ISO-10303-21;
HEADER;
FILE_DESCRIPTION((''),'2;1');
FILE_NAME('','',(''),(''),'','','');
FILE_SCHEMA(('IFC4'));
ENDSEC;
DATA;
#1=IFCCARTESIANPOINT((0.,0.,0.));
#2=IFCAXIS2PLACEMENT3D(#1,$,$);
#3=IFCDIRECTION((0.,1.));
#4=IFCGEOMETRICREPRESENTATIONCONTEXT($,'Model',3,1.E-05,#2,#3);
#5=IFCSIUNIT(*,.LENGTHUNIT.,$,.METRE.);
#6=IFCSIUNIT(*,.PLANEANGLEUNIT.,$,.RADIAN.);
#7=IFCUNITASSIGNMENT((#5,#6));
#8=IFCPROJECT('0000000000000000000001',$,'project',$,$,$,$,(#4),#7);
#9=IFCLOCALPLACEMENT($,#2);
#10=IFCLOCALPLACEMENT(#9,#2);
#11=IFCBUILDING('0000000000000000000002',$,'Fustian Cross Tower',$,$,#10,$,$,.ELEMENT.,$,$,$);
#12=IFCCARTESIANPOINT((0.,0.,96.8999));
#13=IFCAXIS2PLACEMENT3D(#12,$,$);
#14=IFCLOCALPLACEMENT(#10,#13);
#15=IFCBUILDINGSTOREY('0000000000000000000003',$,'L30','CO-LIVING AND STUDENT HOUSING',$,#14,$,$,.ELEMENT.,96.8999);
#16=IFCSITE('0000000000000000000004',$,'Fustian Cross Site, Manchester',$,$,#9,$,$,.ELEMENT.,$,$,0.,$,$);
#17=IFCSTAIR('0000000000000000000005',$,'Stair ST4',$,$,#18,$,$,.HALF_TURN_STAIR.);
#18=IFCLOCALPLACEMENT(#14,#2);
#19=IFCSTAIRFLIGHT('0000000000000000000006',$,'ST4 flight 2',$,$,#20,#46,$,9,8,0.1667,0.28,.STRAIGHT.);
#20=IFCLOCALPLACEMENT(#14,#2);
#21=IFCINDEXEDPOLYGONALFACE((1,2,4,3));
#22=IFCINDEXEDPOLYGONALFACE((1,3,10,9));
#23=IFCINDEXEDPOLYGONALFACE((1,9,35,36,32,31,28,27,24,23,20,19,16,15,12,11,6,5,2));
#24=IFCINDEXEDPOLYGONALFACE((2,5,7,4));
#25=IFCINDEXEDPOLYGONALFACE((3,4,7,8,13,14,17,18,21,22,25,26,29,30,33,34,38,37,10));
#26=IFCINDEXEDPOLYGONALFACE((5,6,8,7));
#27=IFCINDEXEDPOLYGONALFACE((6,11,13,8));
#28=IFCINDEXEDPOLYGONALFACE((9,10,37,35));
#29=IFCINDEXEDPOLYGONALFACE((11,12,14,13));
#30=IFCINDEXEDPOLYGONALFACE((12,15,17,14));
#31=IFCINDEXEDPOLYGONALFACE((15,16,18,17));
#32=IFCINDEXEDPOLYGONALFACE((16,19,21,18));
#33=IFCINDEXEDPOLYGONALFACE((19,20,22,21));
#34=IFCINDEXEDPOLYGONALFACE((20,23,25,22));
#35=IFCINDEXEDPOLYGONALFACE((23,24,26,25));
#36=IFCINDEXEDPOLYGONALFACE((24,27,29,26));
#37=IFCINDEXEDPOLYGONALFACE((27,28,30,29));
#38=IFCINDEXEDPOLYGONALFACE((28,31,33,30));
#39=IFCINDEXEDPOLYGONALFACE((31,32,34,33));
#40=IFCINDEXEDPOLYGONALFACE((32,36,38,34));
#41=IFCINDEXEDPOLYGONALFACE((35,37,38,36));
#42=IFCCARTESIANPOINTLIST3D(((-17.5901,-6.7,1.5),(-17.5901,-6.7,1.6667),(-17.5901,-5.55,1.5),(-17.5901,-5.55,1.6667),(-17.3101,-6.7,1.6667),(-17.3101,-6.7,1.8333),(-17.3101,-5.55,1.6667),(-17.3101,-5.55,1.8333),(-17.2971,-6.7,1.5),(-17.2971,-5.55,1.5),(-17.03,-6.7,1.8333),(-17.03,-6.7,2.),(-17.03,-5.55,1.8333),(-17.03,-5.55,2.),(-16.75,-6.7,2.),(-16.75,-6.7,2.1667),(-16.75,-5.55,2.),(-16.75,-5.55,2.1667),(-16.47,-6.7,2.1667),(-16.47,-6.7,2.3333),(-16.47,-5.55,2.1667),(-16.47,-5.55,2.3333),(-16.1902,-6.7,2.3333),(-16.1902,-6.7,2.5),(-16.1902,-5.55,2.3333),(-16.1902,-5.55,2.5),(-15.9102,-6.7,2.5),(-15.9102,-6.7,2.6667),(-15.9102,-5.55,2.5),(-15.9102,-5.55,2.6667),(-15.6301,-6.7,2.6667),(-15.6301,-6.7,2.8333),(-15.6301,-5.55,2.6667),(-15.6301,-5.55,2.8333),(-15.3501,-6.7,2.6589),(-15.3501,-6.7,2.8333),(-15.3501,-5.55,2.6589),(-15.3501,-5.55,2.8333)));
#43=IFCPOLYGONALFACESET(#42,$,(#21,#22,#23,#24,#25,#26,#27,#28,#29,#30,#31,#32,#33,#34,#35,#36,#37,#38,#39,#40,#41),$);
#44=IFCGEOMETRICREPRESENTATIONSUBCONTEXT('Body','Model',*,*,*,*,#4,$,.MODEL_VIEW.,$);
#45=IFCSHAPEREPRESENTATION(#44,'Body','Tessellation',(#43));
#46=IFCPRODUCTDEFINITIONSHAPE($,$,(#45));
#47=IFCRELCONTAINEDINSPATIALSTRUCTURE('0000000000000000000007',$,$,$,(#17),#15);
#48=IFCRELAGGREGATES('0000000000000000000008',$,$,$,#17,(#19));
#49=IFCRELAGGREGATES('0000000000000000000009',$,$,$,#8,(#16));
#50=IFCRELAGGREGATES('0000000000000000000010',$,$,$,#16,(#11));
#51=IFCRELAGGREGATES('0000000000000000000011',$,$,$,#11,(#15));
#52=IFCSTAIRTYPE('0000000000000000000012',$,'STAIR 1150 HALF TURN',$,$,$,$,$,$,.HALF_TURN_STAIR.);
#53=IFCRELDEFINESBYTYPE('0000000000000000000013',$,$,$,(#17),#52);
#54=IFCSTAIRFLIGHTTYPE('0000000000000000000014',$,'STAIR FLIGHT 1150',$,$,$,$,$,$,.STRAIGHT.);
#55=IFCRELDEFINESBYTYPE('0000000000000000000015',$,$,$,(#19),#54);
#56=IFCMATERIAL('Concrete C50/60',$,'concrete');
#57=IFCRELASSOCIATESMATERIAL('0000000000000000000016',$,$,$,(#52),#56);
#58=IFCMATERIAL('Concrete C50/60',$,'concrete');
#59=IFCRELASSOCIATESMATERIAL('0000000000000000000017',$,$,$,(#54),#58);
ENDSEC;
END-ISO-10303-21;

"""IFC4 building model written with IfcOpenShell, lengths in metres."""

from ifc_helpers import new_model, si_unit, direction, frame, origin, place, context, subcontext, project, spatial, polyline, outline, extrude, material, type_object, element, aggregate, save


model = new_model("IFC4")

# Units and contexts
model_context = context("Model", 3, precision=1e-05, world=origin(), true_north=direction((0.0, 1.0)))
body_context = subcontext(model_context, "Body", "Model", "MODEL_VIEW")
ifc_project = project(units=[si_unit("LENGTHUNIT", "METRE"), si_unit("PLANEANGLEUNIT", "RADIAN")], contexts=[model_context])

# Site, building, storey
site_placement = place(None, origin())
site = spatial("IfcSite", under=ifc_project, at=site_placement, Name="Fustian Cross Site, Manchester", CompositionType="ELEMENT", RefElevation=0.0)
building_placement = place(site_placement, origin())
building = spatial("IfcBuilding", under=site, at=building_placement, Name="Fustian Cross Tower", CompositionType="ELEMENT")
storey_placement = place(building_placement, frame((0.0, 0.0, 96.8999)))
storey = spatial("IfcBuildingStorey", under=building, at=storey_placement, Name="L30", Description="CO-LIVING AND STUDENT HOUSING", CompositionType="ELEMENT", Elevation=96.8999)

# Stair, stair flight
ifc_material_1 = material(Name="Concrete C50/60", Category="concrete")
stair_type = type_object("IfcStairType", Name="STAIR 1150 HALF TURN", PredefinedType="HALF_TURN_STAIR", material=ifc_material_1)
stair_placement = place(storey_placement, origin())
stair = element("IfcStair", 1, at=stair_placement, inside=storey, type_object=stair_type, Name="Stair ST4", PredefinedType="HALF_TURN_STAIR")
ifc_material_2 = material(Name="Concrete C50/60", Category="concrete")
stair_flight_type = type_object("IfcStairFlightType", Name="STAIR FLIGHT 1150", PredefinedType="STRAIGHT", material=ifc_material_2)
stair_flight_1_placement = place(storey_placement, frame((-17.5901, -6.125, 1.5), z_axis=(0.0, 0.0, 1.0), x_axis=(1.0, 0.0, 0.0)))
stair_flight_1 = element("IfcStairFlight", 2, at=stair_flight_1_placement, type_object=stair_flight_type, Name="ST4 flight 2", NumberOfRisers=9, NumberOfTreads=8, PredefinedType="STRAIGHT", RiserHeight=0.1667, TreadLength=0.28, context=body_context, shape_type="SweptSolid", body=[
    extrude(outline(polyline([(0.0, 0.0), (0.0, 0.1667), (0.28, 0.1667), (0.28, 0.3333), (0.5601, 0.3333), (0.5601, 0.5), (0.8401, 0.5), (0.8401, 0.6667), (1.1201, 0.6667), (1.1201, 0.8333), (1.3999, 0.8333), (1.3999, 1.0), (1.6799, 1.0), (1.6799, 1.1667), (1.96, 1.1667), (1.96, 1.3333), (2.24, 1.3333), (2.24, 1.5), (2.24, 1.1589), (0.293, 0.0), (0.0, 0.0)])), frame((0.0, 0.575, 0.0), z_axis=(0.0, -1.0, 0.0), x_axis=(1.0, 0.0, 0.0)), (0.0, 0.0, 1.0), 1.1499),
])
aggregate(stair, [stair_flight_1])

save(model, "model.ifc")
